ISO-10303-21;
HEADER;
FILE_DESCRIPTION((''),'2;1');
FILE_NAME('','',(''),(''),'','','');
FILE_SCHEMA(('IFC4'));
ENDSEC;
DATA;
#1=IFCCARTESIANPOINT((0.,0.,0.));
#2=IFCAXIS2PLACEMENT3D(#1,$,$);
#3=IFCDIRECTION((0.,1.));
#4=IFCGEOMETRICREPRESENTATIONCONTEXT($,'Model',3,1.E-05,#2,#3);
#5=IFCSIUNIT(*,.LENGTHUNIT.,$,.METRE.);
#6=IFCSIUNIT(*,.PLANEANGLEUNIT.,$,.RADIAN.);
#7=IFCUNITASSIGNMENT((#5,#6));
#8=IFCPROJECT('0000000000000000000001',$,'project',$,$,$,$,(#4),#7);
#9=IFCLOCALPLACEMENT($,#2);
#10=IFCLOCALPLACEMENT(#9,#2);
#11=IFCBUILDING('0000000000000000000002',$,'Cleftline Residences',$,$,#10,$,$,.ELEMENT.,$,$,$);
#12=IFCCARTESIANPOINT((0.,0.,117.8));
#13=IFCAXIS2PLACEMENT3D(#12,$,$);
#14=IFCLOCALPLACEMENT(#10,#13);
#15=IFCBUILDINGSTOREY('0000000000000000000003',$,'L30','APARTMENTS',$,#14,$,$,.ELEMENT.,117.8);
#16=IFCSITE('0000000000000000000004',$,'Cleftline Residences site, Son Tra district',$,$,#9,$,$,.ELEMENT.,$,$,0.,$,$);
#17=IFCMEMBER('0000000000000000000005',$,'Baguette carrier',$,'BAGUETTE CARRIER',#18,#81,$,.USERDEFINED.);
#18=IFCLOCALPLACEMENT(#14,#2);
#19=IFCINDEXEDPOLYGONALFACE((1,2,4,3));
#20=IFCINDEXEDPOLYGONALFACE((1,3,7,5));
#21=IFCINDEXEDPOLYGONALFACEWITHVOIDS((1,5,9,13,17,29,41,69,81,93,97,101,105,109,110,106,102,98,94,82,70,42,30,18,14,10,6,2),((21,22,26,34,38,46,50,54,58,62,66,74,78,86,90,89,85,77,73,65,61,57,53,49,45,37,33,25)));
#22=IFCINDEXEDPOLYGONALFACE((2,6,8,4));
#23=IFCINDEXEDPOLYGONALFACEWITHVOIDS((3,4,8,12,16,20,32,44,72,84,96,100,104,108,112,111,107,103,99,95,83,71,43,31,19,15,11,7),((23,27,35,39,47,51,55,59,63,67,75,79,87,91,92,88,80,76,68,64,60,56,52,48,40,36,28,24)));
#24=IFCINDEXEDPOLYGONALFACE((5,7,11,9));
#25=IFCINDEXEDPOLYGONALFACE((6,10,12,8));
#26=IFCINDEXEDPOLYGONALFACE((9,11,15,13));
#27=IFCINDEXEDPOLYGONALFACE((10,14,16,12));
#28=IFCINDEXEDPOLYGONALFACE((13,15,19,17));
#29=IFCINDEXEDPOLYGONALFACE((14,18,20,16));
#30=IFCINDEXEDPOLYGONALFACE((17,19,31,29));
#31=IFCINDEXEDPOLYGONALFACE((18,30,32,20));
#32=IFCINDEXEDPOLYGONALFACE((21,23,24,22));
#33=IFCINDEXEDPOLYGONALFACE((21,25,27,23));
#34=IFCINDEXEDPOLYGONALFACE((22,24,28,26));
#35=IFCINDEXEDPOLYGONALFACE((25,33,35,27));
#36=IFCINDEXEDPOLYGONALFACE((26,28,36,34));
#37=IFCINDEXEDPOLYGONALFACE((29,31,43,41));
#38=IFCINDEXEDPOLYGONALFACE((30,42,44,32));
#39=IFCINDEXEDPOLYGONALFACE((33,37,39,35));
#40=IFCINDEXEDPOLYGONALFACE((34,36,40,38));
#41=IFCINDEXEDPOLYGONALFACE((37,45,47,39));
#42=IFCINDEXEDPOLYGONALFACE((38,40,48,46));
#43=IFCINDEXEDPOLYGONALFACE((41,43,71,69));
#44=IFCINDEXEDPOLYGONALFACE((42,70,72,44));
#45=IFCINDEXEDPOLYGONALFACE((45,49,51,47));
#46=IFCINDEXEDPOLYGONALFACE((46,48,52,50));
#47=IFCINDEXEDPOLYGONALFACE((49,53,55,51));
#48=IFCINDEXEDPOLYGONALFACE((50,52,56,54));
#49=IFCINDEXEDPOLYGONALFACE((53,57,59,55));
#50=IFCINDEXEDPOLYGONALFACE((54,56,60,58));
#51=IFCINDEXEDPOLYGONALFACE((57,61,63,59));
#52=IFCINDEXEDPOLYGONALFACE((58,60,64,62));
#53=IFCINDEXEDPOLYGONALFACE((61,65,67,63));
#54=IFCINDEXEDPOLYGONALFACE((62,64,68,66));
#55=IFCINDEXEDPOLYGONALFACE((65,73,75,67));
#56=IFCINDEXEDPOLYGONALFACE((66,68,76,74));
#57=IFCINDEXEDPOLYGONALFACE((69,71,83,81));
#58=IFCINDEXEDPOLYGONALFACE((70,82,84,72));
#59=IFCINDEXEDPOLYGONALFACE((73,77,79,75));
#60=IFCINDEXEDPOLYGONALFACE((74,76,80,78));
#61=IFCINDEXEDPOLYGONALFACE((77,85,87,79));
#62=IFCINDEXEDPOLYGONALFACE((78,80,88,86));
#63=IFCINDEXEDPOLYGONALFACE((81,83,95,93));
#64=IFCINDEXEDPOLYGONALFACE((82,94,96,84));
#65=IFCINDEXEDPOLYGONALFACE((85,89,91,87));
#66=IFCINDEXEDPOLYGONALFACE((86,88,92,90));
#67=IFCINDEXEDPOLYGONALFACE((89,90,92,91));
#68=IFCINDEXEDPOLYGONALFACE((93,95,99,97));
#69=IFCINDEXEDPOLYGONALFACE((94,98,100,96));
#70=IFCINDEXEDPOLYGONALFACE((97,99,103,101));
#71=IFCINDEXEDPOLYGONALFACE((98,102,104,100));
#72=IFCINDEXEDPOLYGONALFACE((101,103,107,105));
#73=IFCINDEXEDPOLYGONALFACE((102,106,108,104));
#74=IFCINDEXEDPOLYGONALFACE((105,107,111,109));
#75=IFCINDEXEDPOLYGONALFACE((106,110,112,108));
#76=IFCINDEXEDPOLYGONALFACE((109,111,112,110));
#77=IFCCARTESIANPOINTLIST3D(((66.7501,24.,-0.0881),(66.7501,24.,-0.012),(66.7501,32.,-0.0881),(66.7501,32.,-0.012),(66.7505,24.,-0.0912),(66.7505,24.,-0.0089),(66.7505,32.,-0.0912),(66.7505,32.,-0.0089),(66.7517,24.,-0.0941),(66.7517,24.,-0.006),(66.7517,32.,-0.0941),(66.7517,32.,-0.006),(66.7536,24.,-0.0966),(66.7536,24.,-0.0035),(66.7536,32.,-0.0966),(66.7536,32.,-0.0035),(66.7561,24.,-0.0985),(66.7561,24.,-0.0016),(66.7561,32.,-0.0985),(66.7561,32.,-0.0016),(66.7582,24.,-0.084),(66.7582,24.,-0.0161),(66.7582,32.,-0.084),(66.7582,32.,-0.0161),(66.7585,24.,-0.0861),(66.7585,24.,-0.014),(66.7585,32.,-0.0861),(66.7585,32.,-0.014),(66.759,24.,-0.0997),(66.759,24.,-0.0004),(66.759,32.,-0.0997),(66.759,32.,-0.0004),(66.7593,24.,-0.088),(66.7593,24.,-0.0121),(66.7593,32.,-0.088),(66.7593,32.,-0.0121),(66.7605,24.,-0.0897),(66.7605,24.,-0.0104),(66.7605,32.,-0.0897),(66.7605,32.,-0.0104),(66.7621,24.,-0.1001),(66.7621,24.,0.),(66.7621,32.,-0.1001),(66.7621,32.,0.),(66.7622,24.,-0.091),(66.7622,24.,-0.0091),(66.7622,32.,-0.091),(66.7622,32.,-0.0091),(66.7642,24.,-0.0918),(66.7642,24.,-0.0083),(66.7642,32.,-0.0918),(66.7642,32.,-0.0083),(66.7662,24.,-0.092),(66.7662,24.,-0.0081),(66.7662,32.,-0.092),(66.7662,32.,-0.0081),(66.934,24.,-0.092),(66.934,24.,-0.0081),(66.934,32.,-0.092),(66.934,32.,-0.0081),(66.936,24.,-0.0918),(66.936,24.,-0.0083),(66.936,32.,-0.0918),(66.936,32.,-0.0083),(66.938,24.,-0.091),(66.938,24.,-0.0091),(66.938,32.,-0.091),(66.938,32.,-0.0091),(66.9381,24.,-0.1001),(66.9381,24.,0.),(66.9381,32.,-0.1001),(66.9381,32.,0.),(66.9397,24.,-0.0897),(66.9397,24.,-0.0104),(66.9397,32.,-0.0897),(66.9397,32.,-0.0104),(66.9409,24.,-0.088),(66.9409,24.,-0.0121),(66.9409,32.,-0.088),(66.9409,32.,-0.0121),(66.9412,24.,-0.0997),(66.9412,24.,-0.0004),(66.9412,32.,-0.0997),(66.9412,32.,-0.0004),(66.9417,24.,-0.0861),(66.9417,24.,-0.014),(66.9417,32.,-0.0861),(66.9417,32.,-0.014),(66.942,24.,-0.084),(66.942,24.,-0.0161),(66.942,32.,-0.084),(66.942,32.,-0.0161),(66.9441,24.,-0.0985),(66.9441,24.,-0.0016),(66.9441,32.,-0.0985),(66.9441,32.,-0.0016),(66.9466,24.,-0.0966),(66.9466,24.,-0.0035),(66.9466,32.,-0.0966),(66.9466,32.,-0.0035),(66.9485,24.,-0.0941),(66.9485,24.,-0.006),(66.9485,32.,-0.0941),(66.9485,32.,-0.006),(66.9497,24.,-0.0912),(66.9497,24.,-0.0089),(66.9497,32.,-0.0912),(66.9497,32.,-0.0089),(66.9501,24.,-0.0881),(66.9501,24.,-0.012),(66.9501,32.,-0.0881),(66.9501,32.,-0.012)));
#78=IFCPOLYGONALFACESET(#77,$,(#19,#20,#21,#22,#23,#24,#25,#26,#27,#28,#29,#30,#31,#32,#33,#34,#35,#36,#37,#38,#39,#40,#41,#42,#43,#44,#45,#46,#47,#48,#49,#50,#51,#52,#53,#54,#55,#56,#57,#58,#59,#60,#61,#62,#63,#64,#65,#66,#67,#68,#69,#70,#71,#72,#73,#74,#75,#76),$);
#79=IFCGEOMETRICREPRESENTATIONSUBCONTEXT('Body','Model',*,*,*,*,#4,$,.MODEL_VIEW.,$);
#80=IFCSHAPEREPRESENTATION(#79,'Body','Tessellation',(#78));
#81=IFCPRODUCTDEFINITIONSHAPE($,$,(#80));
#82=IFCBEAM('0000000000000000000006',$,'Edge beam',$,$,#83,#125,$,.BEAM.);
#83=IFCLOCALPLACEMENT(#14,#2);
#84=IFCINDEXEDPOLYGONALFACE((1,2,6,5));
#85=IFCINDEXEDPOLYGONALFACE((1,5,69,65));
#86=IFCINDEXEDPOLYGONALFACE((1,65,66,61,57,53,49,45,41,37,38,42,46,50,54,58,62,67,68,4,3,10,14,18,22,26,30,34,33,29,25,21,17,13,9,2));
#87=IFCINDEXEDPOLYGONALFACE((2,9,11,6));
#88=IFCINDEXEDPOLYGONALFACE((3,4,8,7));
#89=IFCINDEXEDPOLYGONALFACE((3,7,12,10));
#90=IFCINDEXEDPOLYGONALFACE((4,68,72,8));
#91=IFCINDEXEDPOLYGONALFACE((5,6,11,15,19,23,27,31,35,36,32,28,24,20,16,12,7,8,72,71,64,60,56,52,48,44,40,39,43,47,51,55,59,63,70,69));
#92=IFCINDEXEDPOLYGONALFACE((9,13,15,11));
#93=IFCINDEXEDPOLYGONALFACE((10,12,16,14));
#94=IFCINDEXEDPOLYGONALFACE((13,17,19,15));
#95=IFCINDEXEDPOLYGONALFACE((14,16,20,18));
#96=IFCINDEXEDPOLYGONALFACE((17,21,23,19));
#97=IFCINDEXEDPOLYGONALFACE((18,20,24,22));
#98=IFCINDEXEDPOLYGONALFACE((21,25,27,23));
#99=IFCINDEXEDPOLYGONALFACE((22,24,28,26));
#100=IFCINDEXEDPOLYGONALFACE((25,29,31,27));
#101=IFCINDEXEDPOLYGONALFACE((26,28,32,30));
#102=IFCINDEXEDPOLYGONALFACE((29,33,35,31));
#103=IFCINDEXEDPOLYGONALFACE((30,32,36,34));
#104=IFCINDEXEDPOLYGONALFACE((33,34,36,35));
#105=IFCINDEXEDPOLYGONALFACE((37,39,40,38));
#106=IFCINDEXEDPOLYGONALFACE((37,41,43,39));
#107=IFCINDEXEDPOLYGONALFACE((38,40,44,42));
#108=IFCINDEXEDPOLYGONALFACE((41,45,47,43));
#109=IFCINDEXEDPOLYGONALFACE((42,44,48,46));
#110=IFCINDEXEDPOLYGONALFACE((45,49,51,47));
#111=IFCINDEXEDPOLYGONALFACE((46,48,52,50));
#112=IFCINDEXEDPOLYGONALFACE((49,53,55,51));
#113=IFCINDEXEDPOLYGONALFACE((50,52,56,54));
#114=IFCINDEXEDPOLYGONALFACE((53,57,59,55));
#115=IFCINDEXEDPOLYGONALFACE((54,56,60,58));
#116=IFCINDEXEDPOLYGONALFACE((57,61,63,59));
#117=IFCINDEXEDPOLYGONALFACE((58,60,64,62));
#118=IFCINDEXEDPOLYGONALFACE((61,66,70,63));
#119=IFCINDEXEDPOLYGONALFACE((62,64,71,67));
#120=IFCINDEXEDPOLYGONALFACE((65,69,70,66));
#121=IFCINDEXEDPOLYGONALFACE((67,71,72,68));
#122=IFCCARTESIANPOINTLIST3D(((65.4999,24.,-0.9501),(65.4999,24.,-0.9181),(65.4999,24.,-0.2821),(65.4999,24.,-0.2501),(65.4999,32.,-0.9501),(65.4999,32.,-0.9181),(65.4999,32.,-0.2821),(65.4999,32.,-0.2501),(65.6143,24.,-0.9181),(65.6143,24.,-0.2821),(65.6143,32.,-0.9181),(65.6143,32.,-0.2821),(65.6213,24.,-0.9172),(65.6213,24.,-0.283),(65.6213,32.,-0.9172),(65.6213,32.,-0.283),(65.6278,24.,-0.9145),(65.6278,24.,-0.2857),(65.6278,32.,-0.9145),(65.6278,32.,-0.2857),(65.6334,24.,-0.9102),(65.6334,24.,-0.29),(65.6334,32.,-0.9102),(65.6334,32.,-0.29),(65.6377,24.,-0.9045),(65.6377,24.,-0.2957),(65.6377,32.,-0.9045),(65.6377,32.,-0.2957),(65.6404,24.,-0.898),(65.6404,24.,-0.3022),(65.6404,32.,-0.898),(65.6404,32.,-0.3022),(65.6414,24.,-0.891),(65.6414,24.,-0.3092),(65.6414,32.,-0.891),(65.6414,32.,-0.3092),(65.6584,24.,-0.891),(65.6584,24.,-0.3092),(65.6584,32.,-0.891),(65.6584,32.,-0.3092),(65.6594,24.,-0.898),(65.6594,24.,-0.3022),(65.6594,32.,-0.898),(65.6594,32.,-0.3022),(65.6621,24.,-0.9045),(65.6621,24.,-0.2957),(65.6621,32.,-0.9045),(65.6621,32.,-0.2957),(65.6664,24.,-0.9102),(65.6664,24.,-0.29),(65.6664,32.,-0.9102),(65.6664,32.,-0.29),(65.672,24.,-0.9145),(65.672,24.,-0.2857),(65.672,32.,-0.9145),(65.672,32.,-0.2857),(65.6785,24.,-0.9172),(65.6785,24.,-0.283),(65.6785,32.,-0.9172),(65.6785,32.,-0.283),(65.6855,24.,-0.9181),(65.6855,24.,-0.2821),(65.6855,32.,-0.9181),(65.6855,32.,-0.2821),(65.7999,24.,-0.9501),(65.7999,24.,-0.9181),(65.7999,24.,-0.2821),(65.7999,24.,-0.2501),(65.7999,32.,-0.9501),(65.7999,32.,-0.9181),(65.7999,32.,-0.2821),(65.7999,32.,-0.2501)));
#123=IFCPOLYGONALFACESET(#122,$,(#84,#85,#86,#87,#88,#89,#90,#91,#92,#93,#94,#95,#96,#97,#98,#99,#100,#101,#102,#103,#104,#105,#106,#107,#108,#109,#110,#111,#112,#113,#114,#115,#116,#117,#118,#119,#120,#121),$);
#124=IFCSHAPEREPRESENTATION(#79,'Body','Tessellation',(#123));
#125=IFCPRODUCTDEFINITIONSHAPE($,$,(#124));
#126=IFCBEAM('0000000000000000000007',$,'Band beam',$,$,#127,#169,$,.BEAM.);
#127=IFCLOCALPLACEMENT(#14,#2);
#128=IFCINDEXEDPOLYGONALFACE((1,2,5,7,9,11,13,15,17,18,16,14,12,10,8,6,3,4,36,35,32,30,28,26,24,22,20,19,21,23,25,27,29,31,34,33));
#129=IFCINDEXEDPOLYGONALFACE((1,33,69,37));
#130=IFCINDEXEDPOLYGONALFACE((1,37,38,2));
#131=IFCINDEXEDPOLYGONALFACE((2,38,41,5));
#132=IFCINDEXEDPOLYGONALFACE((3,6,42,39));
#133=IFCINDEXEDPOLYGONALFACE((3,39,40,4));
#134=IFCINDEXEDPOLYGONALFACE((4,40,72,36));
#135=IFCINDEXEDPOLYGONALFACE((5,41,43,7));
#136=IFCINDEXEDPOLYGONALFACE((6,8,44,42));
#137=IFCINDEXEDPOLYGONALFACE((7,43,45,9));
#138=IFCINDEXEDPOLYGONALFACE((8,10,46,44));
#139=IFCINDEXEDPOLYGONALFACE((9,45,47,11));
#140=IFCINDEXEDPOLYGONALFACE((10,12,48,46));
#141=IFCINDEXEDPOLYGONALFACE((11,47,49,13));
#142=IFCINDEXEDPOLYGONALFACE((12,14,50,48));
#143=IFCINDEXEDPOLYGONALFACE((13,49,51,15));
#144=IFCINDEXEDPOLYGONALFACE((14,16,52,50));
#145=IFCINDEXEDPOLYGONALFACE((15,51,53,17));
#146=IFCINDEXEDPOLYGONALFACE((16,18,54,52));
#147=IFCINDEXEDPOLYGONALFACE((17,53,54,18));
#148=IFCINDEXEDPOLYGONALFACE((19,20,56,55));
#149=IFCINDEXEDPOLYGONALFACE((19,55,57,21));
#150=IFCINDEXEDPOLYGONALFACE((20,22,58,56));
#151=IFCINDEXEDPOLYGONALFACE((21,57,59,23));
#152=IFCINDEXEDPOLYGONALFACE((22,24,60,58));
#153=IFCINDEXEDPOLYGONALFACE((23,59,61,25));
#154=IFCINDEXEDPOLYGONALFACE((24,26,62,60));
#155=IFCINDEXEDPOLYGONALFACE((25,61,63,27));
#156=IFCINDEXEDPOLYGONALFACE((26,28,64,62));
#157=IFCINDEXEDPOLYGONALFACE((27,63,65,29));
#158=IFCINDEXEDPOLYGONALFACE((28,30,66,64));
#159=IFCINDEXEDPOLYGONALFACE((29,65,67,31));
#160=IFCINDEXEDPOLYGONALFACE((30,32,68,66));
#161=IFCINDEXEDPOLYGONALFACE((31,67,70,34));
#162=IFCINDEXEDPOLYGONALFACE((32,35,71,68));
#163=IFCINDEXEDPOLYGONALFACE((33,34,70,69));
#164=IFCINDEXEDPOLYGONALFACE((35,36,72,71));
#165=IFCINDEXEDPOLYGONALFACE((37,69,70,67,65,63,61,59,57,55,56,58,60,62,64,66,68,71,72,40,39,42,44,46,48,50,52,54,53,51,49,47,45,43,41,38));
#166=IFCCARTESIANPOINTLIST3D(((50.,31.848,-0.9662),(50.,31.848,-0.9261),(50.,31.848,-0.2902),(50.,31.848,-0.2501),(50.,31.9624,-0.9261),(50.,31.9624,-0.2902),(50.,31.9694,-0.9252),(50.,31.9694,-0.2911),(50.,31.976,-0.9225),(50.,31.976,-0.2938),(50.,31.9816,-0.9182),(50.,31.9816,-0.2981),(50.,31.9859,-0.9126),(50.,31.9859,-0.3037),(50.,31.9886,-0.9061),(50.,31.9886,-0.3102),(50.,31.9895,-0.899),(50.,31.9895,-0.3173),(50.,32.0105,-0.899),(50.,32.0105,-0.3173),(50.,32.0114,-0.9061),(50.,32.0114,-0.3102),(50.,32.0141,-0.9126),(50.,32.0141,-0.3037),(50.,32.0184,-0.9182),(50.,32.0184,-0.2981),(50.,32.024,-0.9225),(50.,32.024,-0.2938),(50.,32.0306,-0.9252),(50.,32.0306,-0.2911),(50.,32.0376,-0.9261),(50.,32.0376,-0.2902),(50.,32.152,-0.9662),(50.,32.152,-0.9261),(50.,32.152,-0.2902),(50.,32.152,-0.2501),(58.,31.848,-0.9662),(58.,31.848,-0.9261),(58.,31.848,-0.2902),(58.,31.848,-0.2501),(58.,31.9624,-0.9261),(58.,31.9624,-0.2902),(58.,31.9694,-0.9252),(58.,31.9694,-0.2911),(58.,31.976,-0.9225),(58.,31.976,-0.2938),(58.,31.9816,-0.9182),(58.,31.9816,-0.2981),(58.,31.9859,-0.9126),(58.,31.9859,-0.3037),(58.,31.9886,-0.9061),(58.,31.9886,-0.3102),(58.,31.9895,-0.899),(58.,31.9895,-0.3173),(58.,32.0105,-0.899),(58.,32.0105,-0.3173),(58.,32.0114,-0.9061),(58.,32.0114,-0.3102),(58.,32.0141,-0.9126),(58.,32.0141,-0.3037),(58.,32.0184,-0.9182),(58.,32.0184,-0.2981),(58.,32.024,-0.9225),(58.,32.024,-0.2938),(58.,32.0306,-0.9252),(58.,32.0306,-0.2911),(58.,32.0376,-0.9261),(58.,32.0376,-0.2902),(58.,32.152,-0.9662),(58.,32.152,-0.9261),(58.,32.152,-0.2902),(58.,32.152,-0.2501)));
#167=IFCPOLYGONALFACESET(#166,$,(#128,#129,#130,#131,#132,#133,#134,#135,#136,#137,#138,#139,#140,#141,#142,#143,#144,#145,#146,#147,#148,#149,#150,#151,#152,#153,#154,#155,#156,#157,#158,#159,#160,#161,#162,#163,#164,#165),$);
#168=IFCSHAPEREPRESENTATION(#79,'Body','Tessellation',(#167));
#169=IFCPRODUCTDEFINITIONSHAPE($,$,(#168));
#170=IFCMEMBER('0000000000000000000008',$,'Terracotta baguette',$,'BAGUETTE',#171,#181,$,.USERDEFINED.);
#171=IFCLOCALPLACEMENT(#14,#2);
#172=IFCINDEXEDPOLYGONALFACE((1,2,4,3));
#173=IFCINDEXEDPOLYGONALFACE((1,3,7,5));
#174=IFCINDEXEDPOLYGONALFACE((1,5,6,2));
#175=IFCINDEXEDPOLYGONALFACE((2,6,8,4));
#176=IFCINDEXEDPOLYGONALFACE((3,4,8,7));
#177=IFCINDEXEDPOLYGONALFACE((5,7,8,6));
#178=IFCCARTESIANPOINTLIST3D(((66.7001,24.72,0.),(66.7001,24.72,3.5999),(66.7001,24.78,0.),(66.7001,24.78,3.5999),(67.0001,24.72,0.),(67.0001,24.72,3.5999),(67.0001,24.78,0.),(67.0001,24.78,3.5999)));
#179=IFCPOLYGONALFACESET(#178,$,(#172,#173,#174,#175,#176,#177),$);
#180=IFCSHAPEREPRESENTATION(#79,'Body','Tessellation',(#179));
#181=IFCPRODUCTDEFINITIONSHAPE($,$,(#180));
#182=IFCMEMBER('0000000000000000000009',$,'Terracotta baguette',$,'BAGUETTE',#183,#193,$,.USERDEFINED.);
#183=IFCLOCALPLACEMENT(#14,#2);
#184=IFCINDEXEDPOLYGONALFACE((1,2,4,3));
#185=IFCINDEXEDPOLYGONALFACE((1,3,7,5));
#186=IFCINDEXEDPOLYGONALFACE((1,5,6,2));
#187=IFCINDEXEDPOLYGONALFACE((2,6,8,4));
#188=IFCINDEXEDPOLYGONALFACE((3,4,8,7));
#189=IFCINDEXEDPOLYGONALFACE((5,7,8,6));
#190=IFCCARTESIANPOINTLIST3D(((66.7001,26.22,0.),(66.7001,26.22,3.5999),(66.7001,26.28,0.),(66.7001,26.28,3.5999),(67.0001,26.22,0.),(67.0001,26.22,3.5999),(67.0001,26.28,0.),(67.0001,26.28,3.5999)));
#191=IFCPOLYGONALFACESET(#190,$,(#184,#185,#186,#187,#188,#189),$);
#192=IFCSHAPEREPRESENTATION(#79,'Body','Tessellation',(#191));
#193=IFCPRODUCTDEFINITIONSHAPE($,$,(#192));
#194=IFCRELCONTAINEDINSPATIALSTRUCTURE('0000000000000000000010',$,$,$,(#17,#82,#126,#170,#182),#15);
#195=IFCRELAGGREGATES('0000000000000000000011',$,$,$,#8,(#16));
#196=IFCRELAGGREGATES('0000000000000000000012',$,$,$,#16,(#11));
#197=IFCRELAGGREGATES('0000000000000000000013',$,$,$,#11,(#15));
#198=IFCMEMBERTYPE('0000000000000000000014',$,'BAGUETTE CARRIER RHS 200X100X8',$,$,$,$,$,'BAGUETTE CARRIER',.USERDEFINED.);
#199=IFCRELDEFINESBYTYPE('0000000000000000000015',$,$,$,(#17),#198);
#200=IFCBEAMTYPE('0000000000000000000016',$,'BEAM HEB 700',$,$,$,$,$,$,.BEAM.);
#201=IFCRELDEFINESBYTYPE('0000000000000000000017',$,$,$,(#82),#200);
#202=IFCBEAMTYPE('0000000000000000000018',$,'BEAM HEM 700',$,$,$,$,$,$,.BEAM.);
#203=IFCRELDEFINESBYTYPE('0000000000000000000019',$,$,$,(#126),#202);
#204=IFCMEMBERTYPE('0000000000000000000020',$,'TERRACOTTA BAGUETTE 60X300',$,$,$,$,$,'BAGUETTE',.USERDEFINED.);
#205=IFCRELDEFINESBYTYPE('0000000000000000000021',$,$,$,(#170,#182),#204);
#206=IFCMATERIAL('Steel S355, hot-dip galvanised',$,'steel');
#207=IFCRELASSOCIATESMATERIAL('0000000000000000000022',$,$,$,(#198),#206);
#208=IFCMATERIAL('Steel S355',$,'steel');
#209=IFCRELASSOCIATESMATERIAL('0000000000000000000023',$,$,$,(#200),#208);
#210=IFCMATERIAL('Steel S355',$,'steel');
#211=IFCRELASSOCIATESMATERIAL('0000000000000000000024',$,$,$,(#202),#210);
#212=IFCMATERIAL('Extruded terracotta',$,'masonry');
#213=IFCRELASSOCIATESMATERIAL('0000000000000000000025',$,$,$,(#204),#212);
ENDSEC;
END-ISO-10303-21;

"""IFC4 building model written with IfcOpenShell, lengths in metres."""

from ifc_helpers import new_model, si_unit, direction, frame, origin, origin_2d, place, context, subcontext, project, spatial, rectangle, hollow_rectangle, i_section, extrude, material, material_profile, profile_set, type_object, element, save


model = new_model("IFC4")

# Units and contexts
model_context = context("Model", 3, precision=1e-05, world=origin(), true_north=direction((0.0, 1.0)))
body_context = subcontext(model_context, "Body", "Model", "MODEL_VIEW")
ifc_project = project(units=[si_unit("LENGTHUNIT", "METRE"), si_unit("PLANEANGLEUNIT", "RADIAN")], contexts=[model_context])

# Site, building, storey
site_placement = place(None, origin())
site = spatial("IfcSite", under=ifc_project, at=site_placement, Name="Cleftline Residences site, Son Tra district", CompositionType="ELEMENT", RefElevation=0.0)
building_placement = place(site_placement, origin())
building = spatial("IfcBuilding", under=site, at=building_placement, Name="Cleftline Residences", CompositionType="ELEMENT")
storey_placement = place(building_placement, frame((0.0, 0.0, 117.8)))
storey = spatial("IfcBuildingStorey", under=building, at=storey_placement, Name="L30", Description="APARTMENTS", CompositionType="ELEMENT", Elevation=117.8)

# Member
ifc_material_1 = material(Name="Steel S355, hot-dip galvanised", Category="steel")
ifc_material_profile_1 = material_profile(ifc_material_1, hollow_rectangle(XDim=0.1001, YDim=0.2, WallThickness=0.0081, InnerFilletRadius=0.0081, OuterFilletRadius=0.012, at=origin_2d()))
ifc_profile_set_1 = profile_set([ifc_material_profile_1], Name="Steel S355, hot-dip galvanised")
member_type_1 = type_object("IfcMemberType", Name="BAGUETTE CARRIER RHS 200X100X8", ElementType="BAGUETTE CARRIER", PredefinedType="USERDEFINED", material=ifc_profile_set_1)
member_1_placement = place(storey_placement, frame((66.8501, 24.0, -0.05), z_axis=(0.0, 1.0, 0.0), x_axis=(0.0, 0.0, 1.0)))
element("IfcMember", 1, at=member_1_placement, inside=storey, type_object=member_type_1, Name="Baguette carrier", ObjectType="BAGUETTE CARRIER", PredefinedType="USERDEFINED", context=body_context, shape_type="SweptSolid", body=[
    extrude(hollow_rectangle(XDim=0.1001, YDim=0.2, WallThickness=0.0081, InnerFilletRadius=0.0081, OuterFilletRadius=0.012, at=origin_2d()), origin(), (0.0, 0.0, 1.0), 8.0),
])

# Beams
ifc_material_2 = material(Name="Steel S355", Category="steel")
ifc_material_profile_2 = material_profile(ifc_material_2, i_section(OverallWidth=0.3, OverallDepth=0.7, WebThickness=0.0171, FlangeThickness=0.032, FilletRadius=0.0271, at=origin_2d()))
ifc_profile_set_2 = profile_set([ifc_material_profile_2], Name="Steel S355")
beam_type_1 = type_object("IfcBeamType", Name="BEAM HEB 700", PredefinedType="BEAM", material=ifc_profile_set_2)
beam_1_placement = place(storey_placement, frame((65.6499, 24.0, -0.6001), z_axis=(0.0, 1.0, 0.0), x_axis=(-1.0, 0.0, 0.0)))
element("IfcBeam", 2, at=beam_1_placement, inside=storey, type_object=beam_type_1, Name="Edge beam", PredefinedType="BEAM", context=body_context, shape_type="SweptSolid", body=[
    extrude(i_section(OverallWidth=0.3, OverallDepth=0.7, WebThickness=0.0171, FlangeThickness=0.032, FilletRadius=0.0271, at=origin_2d()), origin(), (0.0, 0.0, 1.0), 8.0),
])
ifc_material_3 = material(Name="Steel S355", Category="steel")
ifc_material_profile_3 = material_profile(ifc_material_3, i_section(OverallWidth=0.304, OverallDepth=0.7161, WebThickness=0.021, FlangeThickness=0.04, FilletRadius=0.0271, at=origin_2d()))
ifc_profile_set_3 = profile_set([ifc_material_profile_3], Name="Steel S355")
beam_type_2 = type_object("IfcBeamType", Name="BEAM HEM 700", PredefinedType="BEAM", material=ifc_profile_set_3)
beam_2_placement = place(storey_placement, frame((58.0, 32.0, -0.6082), z_axis=(-1.0, 0.0, 0.0), x_axis=(0.0, -1.0, 0.0)))
element("IfcBeam", 3, at=beam_2_placement, inside=storey, type_object=beam_type_2, Name="Band beam", PredefinedType="BEAM", context=body_context, shape_type="SweptSolid", body=[
    extrude(i_section(OverallWidth=0.304, OverallDepth=0.7161, WebThickness=0.021, FlangeThickness=0.04, FilletRadius=0.0271, at=origin_2d()), origin(), (0.0, 0.0, 1.0), 8.0),
])

# Members
ifc_material_4 = material(Name="Extruded terracotta", Category="masonry")
ifc_material_profile_4 = material_profile(ifc_material_4, rectangle(XDim=0.0601, YDim=0.3, at=origin_2d()))
ifc_profile_set_4 = profile_set([ifc_material_profile_4], Name="Extruded terracotta")
member_type_2 = type_object("IfcMemberType", Name="TERRACOTTA BAGUETTE 60X300", ElementType="BAGUETTE", PredefinedType="USERDEFINED", material=ifc_profile_set_4)
for number, where, z_axis, x_axis, name in (
    (4, (66.8501, 24.75, 0.0), (0.0, 0.0, 1.0), (0.0, 1.0, 0.0), "Terracotta baguette"),
    (5, (66.8501, 26.25, 0.0), (0.0, 0.0, 1.0), (0.0, 1.0, 0.0), "Terracotta baguette"),
):
    element("IfcMember", number, at=place(storey_placement, frame(where, z_axis=z_axis, x_axis=x_axis)), inside=storey, type_object=member_type_2, Name=name, ObjectType="BAGUETTE", PredefinedType="USERDEFINED", context=body_context, shape_type="SweptSolid", body=[
        extrude(rectangle(XDim=0.0601, YDim=0.3, at=origin_2d()), origin(), (0.0, 0.0, 1.0), 3.5999),
    ])

save(model, "model.ifc")
